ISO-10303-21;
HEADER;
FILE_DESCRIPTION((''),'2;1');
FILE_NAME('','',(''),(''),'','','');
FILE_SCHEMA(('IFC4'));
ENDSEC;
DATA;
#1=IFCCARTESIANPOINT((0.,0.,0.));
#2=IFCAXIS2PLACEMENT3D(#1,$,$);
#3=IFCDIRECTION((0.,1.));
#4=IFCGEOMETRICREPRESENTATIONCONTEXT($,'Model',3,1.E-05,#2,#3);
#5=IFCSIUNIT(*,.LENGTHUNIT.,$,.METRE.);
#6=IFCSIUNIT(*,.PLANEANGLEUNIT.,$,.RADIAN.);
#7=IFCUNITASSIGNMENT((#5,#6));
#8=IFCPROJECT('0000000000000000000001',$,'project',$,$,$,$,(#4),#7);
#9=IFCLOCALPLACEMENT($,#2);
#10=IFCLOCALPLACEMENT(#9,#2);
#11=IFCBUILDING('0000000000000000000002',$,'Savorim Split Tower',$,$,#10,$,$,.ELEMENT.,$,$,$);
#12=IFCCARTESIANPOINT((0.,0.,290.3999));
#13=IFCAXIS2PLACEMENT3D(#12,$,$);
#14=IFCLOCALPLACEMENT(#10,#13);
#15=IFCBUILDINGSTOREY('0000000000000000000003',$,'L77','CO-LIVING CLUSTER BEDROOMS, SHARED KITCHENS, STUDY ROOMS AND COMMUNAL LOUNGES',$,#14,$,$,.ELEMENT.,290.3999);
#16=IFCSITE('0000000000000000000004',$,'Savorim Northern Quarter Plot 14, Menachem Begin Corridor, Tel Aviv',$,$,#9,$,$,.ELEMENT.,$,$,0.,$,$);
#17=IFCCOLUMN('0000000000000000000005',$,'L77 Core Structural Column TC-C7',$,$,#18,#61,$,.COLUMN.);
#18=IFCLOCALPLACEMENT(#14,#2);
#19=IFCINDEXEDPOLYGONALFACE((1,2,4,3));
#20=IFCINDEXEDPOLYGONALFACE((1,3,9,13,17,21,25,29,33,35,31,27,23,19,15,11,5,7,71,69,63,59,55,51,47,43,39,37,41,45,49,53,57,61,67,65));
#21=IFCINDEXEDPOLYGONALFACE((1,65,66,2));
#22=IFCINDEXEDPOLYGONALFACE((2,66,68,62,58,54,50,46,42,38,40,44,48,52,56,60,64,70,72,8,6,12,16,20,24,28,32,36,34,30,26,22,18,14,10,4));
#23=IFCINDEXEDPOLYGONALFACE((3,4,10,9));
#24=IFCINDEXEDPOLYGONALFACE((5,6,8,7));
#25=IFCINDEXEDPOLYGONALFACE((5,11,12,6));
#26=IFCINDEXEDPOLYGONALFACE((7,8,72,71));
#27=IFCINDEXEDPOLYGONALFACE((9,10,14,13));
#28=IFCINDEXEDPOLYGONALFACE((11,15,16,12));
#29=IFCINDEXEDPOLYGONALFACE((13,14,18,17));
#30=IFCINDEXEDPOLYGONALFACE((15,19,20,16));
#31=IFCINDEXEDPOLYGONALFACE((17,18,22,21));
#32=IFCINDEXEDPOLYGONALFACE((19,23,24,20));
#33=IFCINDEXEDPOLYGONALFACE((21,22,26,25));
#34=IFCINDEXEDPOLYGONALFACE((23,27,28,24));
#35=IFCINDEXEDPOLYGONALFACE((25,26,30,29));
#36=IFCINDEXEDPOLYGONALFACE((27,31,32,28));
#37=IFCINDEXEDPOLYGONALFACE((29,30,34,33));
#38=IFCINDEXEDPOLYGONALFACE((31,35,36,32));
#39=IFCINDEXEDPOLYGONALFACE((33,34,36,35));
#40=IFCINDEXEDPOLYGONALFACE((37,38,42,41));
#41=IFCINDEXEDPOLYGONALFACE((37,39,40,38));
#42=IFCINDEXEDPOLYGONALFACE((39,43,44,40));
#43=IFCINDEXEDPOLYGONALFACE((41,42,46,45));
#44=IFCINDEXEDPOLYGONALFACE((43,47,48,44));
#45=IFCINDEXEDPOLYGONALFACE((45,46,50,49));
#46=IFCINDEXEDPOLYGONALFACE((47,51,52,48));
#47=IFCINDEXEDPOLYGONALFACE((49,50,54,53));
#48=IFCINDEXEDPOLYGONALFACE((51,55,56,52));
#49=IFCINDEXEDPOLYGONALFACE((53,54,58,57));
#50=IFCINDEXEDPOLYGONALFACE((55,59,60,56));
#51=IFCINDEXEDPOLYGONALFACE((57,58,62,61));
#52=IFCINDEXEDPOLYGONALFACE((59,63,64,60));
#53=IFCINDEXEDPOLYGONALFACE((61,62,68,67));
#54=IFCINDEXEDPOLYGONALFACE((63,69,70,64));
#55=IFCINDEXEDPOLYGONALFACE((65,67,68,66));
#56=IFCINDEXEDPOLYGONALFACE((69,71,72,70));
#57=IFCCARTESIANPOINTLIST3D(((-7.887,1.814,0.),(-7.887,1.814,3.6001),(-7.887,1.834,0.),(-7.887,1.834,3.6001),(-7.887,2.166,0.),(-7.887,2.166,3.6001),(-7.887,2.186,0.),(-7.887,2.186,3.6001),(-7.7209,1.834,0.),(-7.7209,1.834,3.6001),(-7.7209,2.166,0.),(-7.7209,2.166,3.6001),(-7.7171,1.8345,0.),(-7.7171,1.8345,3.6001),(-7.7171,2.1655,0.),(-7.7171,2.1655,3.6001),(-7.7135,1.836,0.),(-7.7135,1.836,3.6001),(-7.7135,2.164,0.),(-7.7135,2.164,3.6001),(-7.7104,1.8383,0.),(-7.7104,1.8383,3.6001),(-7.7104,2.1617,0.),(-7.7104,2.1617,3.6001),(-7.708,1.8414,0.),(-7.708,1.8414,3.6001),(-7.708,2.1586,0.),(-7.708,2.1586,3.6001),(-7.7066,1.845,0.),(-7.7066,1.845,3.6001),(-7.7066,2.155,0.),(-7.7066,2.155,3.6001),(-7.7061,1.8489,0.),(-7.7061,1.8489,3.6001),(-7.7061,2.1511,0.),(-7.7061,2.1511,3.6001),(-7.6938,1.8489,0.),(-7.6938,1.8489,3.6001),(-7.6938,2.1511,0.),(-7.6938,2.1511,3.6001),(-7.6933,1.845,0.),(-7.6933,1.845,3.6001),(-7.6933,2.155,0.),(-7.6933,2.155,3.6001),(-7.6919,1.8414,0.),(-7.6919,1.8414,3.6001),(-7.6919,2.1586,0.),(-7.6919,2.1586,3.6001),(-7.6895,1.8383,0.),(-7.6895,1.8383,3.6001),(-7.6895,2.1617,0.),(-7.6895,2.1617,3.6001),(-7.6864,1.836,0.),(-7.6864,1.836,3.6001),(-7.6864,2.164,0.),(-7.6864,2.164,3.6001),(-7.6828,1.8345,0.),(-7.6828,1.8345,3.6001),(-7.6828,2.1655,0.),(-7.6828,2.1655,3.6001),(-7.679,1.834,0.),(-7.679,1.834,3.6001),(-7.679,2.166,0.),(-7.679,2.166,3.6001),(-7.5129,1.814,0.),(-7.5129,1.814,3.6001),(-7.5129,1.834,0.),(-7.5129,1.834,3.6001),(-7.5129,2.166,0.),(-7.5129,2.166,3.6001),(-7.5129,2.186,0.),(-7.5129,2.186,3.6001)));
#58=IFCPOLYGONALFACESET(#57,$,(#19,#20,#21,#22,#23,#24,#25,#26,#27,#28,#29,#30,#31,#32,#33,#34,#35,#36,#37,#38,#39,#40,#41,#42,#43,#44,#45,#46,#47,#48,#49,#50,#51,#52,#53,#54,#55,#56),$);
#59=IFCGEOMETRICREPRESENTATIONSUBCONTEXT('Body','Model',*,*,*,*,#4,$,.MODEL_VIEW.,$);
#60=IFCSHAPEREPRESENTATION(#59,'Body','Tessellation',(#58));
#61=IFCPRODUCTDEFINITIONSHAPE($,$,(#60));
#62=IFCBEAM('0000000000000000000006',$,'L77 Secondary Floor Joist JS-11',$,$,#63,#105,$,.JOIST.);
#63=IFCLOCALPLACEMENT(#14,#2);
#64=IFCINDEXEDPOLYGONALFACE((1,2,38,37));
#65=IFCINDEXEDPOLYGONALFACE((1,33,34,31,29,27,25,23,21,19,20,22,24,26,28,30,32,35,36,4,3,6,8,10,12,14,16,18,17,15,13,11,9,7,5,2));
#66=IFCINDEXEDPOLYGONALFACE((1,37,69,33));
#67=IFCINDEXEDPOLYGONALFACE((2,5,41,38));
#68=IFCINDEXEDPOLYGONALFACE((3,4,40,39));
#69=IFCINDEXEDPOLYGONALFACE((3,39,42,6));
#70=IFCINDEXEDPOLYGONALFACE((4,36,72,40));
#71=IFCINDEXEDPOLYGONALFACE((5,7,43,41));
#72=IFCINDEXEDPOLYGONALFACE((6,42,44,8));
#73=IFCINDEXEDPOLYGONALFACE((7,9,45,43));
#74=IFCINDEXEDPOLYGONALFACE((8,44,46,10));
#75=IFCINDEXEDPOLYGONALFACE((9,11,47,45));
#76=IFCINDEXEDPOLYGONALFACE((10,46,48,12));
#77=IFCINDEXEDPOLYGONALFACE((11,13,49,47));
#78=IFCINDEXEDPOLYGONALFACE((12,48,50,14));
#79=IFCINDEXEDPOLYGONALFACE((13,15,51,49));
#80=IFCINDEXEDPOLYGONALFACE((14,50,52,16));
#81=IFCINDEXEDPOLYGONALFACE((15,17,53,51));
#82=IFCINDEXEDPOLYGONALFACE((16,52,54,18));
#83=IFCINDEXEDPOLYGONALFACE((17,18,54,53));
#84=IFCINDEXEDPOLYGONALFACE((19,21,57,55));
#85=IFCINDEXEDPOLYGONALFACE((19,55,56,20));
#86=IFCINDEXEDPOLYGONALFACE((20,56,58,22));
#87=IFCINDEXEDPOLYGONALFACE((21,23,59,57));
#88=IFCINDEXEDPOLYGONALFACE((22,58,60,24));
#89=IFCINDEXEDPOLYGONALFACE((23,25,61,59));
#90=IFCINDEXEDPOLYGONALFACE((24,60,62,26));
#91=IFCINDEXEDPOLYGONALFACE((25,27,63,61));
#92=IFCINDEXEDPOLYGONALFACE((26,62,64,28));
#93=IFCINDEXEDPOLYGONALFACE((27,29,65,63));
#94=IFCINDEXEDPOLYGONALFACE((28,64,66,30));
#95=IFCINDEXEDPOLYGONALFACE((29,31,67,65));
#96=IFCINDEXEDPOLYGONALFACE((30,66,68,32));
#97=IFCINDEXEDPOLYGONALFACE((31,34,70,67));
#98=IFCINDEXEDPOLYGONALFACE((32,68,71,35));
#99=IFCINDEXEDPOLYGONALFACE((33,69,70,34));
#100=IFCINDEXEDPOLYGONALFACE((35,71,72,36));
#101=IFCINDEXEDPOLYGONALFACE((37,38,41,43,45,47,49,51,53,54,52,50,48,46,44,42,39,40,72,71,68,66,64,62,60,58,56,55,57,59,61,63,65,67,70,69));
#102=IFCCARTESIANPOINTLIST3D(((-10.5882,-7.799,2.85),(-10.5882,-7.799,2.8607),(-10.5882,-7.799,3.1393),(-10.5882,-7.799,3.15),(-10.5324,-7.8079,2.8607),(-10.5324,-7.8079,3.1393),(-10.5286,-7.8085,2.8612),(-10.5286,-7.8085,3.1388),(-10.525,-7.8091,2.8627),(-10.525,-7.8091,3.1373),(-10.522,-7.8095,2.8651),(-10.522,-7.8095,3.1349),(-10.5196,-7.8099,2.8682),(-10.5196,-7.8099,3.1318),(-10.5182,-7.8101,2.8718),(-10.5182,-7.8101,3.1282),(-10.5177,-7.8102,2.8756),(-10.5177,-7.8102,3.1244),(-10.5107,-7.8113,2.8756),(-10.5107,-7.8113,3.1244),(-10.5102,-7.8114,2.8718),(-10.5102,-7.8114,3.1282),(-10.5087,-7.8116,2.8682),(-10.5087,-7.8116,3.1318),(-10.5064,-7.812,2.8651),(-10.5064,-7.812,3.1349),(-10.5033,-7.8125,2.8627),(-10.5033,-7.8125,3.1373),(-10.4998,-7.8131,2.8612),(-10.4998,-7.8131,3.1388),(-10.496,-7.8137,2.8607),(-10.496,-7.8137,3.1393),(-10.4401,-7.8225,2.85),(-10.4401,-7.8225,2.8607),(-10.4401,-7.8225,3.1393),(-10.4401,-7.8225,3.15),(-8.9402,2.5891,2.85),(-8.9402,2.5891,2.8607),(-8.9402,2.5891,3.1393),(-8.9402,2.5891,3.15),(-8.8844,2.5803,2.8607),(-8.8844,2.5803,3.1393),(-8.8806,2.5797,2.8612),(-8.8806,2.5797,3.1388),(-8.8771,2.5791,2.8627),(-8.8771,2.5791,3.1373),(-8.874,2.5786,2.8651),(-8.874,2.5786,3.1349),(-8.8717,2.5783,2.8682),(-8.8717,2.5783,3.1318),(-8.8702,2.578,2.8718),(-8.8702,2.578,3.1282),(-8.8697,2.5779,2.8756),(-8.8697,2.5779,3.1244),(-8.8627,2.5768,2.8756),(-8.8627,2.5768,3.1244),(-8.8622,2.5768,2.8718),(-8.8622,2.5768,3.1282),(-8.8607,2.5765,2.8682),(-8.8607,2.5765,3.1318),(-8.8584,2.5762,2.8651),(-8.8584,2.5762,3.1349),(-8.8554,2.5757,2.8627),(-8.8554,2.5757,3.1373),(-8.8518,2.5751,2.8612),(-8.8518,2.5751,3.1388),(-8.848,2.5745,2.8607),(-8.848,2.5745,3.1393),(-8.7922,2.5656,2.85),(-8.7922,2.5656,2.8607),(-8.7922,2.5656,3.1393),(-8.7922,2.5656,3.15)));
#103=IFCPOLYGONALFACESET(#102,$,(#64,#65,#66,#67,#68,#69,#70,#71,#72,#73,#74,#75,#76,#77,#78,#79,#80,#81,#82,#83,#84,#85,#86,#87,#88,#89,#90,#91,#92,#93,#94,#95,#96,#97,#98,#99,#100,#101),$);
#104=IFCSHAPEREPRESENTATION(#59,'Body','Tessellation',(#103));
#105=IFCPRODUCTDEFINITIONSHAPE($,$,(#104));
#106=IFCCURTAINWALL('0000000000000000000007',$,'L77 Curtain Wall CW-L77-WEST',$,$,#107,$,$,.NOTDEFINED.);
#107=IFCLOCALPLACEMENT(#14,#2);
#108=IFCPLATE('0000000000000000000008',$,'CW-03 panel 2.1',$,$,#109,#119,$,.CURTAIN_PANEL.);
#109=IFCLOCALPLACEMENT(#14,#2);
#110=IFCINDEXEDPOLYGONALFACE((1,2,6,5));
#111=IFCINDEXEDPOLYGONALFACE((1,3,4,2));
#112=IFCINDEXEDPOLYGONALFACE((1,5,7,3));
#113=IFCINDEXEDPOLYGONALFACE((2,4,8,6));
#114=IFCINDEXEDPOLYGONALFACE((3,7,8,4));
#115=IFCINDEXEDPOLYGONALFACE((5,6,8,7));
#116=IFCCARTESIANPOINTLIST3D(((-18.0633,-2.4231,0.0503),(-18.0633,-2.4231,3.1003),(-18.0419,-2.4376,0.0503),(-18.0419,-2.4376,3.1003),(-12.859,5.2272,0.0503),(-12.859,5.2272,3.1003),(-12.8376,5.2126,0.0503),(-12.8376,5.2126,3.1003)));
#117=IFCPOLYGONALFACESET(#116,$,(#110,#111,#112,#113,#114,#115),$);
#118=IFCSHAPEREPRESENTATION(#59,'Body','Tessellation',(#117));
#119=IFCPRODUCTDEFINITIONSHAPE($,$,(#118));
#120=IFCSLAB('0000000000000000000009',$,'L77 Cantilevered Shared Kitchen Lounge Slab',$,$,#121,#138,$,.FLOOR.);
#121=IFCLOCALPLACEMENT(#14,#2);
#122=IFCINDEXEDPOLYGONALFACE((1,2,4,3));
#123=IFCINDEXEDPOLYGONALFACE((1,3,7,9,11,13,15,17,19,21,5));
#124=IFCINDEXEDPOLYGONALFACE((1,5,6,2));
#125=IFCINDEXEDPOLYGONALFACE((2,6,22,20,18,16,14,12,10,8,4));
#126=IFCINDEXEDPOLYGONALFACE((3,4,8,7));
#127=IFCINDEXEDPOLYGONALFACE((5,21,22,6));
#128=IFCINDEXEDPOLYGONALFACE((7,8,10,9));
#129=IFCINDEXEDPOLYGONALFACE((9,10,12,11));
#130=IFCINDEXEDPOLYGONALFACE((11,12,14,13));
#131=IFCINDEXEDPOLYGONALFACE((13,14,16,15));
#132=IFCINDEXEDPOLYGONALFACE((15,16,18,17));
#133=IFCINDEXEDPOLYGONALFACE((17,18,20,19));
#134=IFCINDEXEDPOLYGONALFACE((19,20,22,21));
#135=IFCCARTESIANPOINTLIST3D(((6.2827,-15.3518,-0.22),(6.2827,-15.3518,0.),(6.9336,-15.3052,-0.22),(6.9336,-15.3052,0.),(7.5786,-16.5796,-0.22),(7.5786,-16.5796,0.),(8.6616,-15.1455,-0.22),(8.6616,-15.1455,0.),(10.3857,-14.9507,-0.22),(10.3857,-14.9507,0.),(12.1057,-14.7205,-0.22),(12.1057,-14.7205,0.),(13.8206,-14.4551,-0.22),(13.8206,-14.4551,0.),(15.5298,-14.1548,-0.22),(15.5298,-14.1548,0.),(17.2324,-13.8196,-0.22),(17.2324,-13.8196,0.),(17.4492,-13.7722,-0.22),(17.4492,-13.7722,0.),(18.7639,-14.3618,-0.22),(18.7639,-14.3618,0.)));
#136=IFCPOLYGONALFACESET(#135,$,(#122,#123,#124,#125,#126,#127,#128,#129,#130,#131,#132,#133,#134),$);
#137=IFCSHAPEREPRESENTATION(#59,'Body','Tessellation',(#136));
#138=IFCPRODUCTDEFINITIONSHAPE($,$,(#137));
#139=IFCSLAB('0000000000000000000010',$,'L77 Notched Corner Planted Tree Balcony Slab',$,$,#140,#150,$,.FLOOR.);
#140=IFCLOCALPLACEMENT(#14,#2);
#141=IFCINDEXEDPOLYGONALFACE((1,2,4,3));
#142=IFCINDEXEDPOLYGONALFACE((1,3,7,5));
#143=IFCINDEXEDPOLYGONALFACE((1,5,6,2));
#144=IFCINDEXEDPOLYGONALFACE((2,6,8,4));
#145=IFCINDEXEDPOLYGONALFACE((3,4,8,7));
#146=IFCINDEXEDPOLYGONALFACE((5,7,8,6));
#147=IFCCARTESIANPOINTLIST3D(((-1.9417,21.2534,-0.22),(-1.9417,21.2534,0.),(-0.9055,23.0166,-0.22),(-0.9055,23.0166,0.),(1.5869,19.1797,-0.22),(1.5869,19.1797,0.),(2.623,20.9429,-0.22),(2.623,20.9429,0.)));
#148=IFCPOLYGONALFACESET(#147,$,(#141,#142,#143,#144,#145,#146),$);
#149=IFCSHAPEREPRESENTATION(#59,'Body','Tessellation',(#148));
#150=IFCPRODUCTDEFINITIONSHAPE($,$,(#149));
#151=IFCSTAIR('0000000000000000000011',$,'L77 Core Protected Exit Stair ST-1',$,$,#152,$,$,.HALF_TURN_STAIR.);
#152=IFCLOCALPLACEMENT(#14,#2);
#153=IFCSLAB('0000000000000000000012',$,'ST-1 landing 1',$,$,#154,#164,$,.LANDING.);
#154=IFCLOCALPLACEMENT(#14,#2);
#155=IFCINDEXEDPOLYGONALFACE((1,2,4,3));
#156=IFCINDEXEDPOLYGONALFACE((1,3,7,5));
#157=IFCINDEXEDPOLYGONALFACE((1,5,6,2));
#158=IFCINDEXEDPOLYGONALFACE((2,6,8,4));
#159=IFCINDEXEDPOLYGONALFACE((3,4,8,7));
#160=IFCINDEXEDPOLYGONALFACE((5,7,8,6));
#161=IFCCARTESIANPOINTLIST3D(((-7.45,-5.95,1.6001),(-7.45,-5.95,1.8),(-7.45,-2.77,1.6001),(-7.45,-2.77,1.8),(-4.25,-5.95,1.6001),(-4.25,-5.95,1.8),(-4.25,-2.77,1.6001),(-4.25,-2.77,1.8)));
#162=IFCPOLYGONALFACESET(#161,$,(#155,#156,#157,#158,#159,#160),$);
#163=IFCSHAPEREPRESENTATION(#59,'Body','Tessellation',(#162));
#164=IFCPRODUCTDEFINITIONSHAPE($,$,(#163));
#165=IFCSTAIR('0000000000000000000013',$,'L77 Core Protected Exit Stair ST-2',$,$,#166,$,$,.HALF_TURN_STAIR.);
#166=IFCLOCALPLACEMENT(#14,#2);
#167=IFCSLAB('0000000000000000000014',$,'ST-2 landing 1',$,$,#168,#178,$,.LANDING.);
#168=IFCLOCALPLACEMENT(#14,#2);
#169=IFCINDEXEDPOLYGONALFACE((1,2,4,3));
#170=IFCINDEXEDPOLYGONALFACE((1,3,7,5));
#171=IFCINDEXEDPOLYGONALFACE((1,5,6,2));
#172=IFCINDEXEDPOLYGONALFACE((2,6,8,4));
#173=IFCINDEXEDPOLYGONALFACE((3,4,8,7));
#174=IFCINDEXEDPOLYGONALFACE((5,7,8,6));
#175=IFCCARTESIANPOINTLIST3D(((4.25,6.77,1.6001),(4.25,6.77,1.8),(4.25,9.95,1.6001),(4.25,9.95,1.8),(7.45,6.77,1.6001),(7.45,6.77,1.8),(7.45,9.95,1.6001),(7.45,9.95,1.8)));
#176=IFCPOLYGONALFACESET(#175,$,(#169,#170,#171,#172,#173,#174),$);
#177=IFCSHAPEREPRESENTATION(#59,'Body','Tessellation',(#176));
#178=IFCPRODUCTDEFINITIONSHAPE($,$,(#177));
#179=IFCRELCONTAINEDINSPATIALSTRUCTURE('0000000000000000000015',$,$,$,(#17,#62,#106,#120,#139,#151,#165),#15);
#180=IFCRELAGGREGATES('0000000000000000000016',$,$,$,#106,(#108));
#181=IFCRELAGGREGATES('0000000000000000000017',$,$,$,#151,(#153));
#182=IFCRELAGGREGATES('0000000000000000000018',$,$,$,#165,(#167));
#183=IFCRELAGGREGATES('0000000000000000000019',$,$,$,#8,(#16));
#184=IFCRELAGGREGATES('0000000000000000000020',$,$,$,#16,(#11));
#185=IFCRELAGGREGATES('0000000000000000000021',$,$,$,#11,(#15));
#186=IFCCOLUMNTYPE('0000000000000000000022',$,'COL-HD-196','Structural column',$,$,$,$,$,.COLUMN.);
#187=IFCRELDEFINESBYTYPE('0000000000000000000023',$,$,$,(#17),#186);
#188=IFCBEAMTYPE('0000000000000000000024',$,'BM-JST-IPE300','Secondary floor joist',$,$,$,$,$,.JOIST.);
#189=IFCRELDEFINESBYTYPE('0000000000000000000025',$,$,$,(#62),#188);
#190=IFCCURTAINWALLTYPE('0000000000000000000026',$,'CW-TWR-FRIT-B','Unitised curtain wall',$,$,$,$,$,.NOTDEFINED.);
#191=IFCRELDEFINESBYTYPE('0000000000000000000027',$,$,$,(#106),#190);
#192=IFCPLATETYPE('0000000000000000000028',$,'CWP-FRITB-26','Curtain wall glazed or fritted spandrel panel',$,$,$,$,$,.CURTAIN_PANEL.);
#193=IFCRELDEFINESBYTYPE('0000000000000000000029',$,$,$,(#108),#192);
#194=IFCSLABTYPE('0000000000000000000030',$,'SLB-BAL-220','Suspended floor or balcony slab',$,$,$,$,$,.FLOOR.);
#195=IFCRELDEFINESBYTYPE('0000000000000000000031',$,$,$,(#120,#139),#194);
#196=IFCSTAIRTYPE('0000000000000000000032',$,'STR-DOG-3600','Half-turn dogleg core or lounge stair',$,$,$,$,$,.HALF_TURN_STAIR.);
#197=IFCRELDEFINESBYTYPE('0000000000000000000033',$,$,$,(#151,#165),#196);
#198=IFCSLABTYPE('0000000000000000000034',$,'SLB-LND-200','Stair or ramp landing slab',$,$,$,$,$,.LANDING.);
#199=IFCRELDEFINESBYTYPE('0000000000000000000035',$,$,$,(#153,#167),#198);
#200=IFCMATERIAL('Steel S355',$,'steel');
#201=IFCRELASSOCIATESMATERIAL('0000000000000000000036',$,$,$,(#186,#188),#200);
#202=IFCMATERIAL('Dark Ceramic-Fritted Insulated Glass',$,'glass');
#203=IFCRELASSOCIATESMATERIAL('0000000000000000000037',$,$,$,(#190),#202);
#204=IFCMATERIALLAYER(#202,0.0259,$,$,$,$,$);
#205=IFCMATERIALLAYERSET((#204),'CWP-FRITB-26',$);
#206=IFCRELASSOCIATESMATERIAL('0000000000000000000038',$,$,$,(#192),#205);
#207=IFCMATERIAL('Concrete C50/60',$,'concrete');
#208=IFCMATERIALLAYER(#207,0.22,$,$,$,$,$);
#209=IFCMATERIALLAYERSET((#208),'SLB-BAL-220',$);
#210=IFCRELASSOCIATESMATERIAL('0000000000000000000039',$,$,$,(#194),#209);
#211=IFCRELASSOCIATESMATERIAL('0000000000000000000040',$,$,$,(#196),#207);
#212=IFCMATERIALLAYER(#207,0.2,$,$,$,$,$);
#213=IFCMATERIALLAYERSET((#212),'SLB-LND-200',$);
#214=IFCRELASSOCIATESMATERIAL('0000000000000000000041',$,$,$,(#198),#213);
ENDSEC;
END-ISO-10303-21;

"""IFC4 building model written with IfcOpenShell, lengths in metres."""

from ifc_helpers import new_model, si_unit, direction, frame, origin, origin_2d, place, context, subcontext, project, spatial, polyline, rectangle, i_section, outline, extrude, material, layer, layer_set, material_profile, profile_set, type_object, element, aggregate, save


model = new_model("IFC4")

# Units and contexts
model_context = context("Model", 3, precision=1e-05, world=origin(), true_north=direction((0.0, 1.0)))
body_context = subcontext(model_context, "Body", "Model", "MODEL_VIEW")
ifc_project = project(units=[si_unit("LENGTHUNIT", "METRE"), si_unit("PLANEANGLEUNIT", "RADIAN")], contexts=[model_context])

# Site, building, storey
site_placement = place(None, origin())
site = spatial("IfcSite", under=ifc_project, at=site_placement, Name="Savorim Northern Quarter Plot 14, Menachem Begin Corridor, Tel Aviv", CompositionType="ELEMENT", RefElevation=0.0)
building_placement = place(site_placement, origin())
building = spatial("IfcBuilding", under=site, at=building_placement, Name="Savorim Split Tower", CompositionType="ELEMENT")
storey_placement = place(building_placement, frame((0.0, 0.0, 290.3999)))
storey = spatial("IfcBuildingStorey", under=building, at=storey_placement, Name="L77", Description="CO-LIVING CLUSTER BEDROOMS, SHARED KITCHENS, STUDY ROOMS AND COMMUNAL LOUNGES", CompositionType="ELEMENT", Elevation=290.3999)

# Column
ifc_material_1 = material(Name="Steel S355", Category="steel")
ifc_material_profile_1 = material_profile(ifc_material_1, i_section(OverallWidth=0.374, OverallDepth=0.3721, WebThickness=0.0122, FlangeThickness=0.02, FilletRadius=0.0149, at=origin_2d()), Name="HD 360x196")
ifc_profile_set_1 = profile_set([ifc_material_profile_1], Name="Steel S355")
column_type = type_object("IfcColumnType", Name="COL-HD-196", Description="Structural column", PredefinedType="COLUMN", material=ifc_profile_set_1)
column_placement = place(storey_placement, frame((-7.7, 2.0, 0.0), z_axis=(0.0, 0.0, 1.0), x_axis=(1.0, 0.0, 0.0)))
element("IfcColumn", 1, at=column_placement, inside=storey, type_object=column_type, Name="L77 Core Structural Column TC-C7", PredefinedType="COLUMN", context=body_context, shape_type="SweptSolid", body=[
    extrude(i_section(OverallWidth=0.374, OverallDepth=0.3721, WebThickness=0.0122, FlangeThickness=0.02, FilletRadius=0.0149, at=origin_2d()), origin(), (0.0, 0.0, 1.0), 3.6001),
])

# Beam
ifc_material_profile_2 = material_profile(ifc_material_1, i_section(OverallWidth=0.1499, OverallDepth=0.3, WebThickness=0.0071, FlangeThickness=0.0107, FilletRadius=0.0149, at=origin_2d()), Name="IPE 300")
ifc_profile_set_2 = profile_set([ifc_material_profile_2], Name="Steel S355")
beam_type = type_object("IfcBeamType", Name="BM-JST-IPE300", Description="Secondary floor joist", PredefinedType="JOIST", material=ifc_profile_set_2)
beam_placement = place(storey_placement, frame((-8.8662, 2.5774, 3.0), z_axis=(-0.156678, -0.98765, 0.0), x_axis=(0.98765, -0.156678, 0.0)))
element("IfcBeam", 2, at=beam_placement, inside=storey, type_object=beam_type, Name="L77 Secondary Floor Joist JS-11", PredefinedType="JOIST", context=body_context, shape_type="SweptSolid", body=[
    extrude(i_section(OverallWidth=0.1499, OverallDepth=0.3, WebThickness=0.0071, FlangeThickness=0.0107, FilletRadius=0.0149, at=origin_2d()), origin(), (0.0, 0.0, 1.0), 10.5181),
])

# Curtain wall, plate
ifc_material_2 = material(Name="Dark Ceramic-Fritted Insulated Glass", Category="glass")
curtain_wall_type = type_object("IfcCurtainWallType", Name="CW-TWR-FRIT-B", Description="Unitised curtain wall", PredefinedType="NOTDEFINED", material=ifc_material_2)
curtain_wall_placement = place(storey_placement, origin())
curtain_wall = element("IfcCurtainWall", 3, at=curtain_wall_placement, inside=storey, type_object=curtain_wall_type, Name="L77 Curtain Wall CW-L77-WEST", PredefinedType="NOTDEFINED")
ifc_layer_1 = layer(ifc_material_2, 0.0259)
ifc_layer_set_1 = layer_set([ifc_layer_1], Name="CWP-FRITB-26")
plate_type = type_object("IfcPlateType", Name="CWP-FRITB-26", Description="Curtain wall glazed or fritted spandrel panel", PredefinedType="CURTAIN_PANEL", material=ifc_layer_set_1)
plate_placement = place(storey_placement, frame((-15.4504, 1.3948, 0.0503), z_axis=(0.0, 0.0, 1.0), x_axis=(-0.56247, -0.826818, 0.0)))
plate = element("IfcPlate", 4, at=plate_placement, type_object=plate_type, Name="CW-03 panel 2.1", PredefinedType="CURTAIN_PANEL", context=body_context, shape_type="SweptSolid", body=[
    extrude(rectangle(XDim=9.2527, YDim=0.0259, at=origin_2d()), origin(), (0.0, 0.0, 1.0), 3.05),
])
aggregate(curtain_wall, [plate])

# Slabs
ifc_material_3 = material(Name="Concrete C50/60", Category="concrete")
ifc_layer_2 = layer(ifc_material_3, 0.22)
ifc_layer_set_2 = layer_set([ifc_layer_2], Name="SLB-BAL-220")
slab_type_1 = type_object("IfcSlabType", Name="SLB-BAL-220", Description="Suspended floor or balcony slab", PredefinedType="FLOOR", material=ifc_layer_set_2)
slab_1_placement = place(storey_placement, frame((0.0, 0.0, -0.22)))
element("IfcSlab", 5, at=slab_1_placement, inside=storey, type_object=slab_type_1, Name="L77 Cantilevered Shared Kitchen Lounge Slab", PredefinedType="FLOOR", context=body_context, shape_type="SweptSolid", body=[
    extrude(outline(polyline([(17.4492, -13.7722), (17.2324, -13.8196), (15.5298, -14.1548), (13.8206, -14.4551), (12.1057, -14.7205), (10.3857, -14.9507), (8.6616, -15.1455), (6.9336, -15.3052), (6.2827, -15.3518), (7.5786, -16.5796), (18.7639, -14.3618), (17.4492, -13.7722)])), origin(), (0.0, 0.0, 1.0), 0.22),
])
slab_2_placement = place(storey_placement, frame((0.0, 0.0, -0.22)))
element("IfcSlab", 6, at=slab_2_placement, inside=storey, type_object=slab_type_1, Name="L77 Notched Corner Planted Tree Balcony Slab", PredefinedType="FLOOR", context=body_context, shape_type="SweptSolid", body=[
    extrude(outline(polyline([(-1.9417, 21.2534), (1.5869, 19.1797), (2.623, 20.9429), (-0.9055, 23.0166), (-1.9417, 21.2534)])), origin(), (0.0, 0.0, 1.0), 0.22),
])

# Stairs, slabs
stair_type = type_object("IfcStairType", Name="STR-DOG-3600", Description="Half-turn dogleg core or lounge stair", PredefinedType="HALF_TURN_STAIR", material=ifc_material_3)
stair_1_placement = place(storey_placement, origin())
stair_1 = element("IfcStair", 7, at=stair_1_placement, inside=storey, type_object=stair_type, Name="L77 Core Protected Exit Stair ST-1", PredefinedType="HALF_TURN_STAIR")
ifc_layer_3 = layer(ifc_material_3, 0.2)
ifc_layer_set_3 = layer_set([ifc_layer_3], Name="SLB-LND-200")
slab_type_2 = type_object("IfcSlabType", Name="SLB-LND-200", Description="Stair or ramp landing slab", PredefinedType="LANDING", material=ifc_layer_set_3)
slab_3_placement = place(storey_placement, frame((0.0, 0.0, 1.6001)))
slab_3 = element("IfcSlab", 8, at=slab_3_placement, type_object=slab_type_2, Name="ST-1 landing 1", PredefinedType="LANDING", context=body_context, shape_type="SweptSolid", body=[
    extrude(outline(polyline([(-7.45, -2.77), (-7.45, -5.95), (-4.25, -5.95), (-4.25, -2.77), (-7.45, -2.77)])), origin(), (0.0, 0.0, 1.0), 0.2),
])
aggregate(stair_1, [slab_3])
stair_2_placement = place(storey_placement, origin())
stair_2 = element("IfcStair", 9, at=stair_2_placement, inside=storey, type_object=stair_type, Name="L77 Core Protected Exit Stair ST-2", PredefinedType="HALF_TURN_STAIR")
slab_4_placement = place(storey_placement, frame((0.0, 0.0, 1.6001)))
slab_4 = element("IfcSlab", 10, at=slab_4_placement, type_object=slab_type_2, Name="ST-2 landing 1", PredefinedType="LANDING", context=body_context, shape_type="SweptSolid", body=[
    extrude(outline(polyline([(7.45, 6.77), (7.45, 9.95), (4.25, 9.95), (4.25, 6.77), (7.45, 6.77)])), origin(), (0.0, 0.0, 1.0), 0.2),
])
aggregate(stair_2, [slab_4])

save(model, "model.ifc")
